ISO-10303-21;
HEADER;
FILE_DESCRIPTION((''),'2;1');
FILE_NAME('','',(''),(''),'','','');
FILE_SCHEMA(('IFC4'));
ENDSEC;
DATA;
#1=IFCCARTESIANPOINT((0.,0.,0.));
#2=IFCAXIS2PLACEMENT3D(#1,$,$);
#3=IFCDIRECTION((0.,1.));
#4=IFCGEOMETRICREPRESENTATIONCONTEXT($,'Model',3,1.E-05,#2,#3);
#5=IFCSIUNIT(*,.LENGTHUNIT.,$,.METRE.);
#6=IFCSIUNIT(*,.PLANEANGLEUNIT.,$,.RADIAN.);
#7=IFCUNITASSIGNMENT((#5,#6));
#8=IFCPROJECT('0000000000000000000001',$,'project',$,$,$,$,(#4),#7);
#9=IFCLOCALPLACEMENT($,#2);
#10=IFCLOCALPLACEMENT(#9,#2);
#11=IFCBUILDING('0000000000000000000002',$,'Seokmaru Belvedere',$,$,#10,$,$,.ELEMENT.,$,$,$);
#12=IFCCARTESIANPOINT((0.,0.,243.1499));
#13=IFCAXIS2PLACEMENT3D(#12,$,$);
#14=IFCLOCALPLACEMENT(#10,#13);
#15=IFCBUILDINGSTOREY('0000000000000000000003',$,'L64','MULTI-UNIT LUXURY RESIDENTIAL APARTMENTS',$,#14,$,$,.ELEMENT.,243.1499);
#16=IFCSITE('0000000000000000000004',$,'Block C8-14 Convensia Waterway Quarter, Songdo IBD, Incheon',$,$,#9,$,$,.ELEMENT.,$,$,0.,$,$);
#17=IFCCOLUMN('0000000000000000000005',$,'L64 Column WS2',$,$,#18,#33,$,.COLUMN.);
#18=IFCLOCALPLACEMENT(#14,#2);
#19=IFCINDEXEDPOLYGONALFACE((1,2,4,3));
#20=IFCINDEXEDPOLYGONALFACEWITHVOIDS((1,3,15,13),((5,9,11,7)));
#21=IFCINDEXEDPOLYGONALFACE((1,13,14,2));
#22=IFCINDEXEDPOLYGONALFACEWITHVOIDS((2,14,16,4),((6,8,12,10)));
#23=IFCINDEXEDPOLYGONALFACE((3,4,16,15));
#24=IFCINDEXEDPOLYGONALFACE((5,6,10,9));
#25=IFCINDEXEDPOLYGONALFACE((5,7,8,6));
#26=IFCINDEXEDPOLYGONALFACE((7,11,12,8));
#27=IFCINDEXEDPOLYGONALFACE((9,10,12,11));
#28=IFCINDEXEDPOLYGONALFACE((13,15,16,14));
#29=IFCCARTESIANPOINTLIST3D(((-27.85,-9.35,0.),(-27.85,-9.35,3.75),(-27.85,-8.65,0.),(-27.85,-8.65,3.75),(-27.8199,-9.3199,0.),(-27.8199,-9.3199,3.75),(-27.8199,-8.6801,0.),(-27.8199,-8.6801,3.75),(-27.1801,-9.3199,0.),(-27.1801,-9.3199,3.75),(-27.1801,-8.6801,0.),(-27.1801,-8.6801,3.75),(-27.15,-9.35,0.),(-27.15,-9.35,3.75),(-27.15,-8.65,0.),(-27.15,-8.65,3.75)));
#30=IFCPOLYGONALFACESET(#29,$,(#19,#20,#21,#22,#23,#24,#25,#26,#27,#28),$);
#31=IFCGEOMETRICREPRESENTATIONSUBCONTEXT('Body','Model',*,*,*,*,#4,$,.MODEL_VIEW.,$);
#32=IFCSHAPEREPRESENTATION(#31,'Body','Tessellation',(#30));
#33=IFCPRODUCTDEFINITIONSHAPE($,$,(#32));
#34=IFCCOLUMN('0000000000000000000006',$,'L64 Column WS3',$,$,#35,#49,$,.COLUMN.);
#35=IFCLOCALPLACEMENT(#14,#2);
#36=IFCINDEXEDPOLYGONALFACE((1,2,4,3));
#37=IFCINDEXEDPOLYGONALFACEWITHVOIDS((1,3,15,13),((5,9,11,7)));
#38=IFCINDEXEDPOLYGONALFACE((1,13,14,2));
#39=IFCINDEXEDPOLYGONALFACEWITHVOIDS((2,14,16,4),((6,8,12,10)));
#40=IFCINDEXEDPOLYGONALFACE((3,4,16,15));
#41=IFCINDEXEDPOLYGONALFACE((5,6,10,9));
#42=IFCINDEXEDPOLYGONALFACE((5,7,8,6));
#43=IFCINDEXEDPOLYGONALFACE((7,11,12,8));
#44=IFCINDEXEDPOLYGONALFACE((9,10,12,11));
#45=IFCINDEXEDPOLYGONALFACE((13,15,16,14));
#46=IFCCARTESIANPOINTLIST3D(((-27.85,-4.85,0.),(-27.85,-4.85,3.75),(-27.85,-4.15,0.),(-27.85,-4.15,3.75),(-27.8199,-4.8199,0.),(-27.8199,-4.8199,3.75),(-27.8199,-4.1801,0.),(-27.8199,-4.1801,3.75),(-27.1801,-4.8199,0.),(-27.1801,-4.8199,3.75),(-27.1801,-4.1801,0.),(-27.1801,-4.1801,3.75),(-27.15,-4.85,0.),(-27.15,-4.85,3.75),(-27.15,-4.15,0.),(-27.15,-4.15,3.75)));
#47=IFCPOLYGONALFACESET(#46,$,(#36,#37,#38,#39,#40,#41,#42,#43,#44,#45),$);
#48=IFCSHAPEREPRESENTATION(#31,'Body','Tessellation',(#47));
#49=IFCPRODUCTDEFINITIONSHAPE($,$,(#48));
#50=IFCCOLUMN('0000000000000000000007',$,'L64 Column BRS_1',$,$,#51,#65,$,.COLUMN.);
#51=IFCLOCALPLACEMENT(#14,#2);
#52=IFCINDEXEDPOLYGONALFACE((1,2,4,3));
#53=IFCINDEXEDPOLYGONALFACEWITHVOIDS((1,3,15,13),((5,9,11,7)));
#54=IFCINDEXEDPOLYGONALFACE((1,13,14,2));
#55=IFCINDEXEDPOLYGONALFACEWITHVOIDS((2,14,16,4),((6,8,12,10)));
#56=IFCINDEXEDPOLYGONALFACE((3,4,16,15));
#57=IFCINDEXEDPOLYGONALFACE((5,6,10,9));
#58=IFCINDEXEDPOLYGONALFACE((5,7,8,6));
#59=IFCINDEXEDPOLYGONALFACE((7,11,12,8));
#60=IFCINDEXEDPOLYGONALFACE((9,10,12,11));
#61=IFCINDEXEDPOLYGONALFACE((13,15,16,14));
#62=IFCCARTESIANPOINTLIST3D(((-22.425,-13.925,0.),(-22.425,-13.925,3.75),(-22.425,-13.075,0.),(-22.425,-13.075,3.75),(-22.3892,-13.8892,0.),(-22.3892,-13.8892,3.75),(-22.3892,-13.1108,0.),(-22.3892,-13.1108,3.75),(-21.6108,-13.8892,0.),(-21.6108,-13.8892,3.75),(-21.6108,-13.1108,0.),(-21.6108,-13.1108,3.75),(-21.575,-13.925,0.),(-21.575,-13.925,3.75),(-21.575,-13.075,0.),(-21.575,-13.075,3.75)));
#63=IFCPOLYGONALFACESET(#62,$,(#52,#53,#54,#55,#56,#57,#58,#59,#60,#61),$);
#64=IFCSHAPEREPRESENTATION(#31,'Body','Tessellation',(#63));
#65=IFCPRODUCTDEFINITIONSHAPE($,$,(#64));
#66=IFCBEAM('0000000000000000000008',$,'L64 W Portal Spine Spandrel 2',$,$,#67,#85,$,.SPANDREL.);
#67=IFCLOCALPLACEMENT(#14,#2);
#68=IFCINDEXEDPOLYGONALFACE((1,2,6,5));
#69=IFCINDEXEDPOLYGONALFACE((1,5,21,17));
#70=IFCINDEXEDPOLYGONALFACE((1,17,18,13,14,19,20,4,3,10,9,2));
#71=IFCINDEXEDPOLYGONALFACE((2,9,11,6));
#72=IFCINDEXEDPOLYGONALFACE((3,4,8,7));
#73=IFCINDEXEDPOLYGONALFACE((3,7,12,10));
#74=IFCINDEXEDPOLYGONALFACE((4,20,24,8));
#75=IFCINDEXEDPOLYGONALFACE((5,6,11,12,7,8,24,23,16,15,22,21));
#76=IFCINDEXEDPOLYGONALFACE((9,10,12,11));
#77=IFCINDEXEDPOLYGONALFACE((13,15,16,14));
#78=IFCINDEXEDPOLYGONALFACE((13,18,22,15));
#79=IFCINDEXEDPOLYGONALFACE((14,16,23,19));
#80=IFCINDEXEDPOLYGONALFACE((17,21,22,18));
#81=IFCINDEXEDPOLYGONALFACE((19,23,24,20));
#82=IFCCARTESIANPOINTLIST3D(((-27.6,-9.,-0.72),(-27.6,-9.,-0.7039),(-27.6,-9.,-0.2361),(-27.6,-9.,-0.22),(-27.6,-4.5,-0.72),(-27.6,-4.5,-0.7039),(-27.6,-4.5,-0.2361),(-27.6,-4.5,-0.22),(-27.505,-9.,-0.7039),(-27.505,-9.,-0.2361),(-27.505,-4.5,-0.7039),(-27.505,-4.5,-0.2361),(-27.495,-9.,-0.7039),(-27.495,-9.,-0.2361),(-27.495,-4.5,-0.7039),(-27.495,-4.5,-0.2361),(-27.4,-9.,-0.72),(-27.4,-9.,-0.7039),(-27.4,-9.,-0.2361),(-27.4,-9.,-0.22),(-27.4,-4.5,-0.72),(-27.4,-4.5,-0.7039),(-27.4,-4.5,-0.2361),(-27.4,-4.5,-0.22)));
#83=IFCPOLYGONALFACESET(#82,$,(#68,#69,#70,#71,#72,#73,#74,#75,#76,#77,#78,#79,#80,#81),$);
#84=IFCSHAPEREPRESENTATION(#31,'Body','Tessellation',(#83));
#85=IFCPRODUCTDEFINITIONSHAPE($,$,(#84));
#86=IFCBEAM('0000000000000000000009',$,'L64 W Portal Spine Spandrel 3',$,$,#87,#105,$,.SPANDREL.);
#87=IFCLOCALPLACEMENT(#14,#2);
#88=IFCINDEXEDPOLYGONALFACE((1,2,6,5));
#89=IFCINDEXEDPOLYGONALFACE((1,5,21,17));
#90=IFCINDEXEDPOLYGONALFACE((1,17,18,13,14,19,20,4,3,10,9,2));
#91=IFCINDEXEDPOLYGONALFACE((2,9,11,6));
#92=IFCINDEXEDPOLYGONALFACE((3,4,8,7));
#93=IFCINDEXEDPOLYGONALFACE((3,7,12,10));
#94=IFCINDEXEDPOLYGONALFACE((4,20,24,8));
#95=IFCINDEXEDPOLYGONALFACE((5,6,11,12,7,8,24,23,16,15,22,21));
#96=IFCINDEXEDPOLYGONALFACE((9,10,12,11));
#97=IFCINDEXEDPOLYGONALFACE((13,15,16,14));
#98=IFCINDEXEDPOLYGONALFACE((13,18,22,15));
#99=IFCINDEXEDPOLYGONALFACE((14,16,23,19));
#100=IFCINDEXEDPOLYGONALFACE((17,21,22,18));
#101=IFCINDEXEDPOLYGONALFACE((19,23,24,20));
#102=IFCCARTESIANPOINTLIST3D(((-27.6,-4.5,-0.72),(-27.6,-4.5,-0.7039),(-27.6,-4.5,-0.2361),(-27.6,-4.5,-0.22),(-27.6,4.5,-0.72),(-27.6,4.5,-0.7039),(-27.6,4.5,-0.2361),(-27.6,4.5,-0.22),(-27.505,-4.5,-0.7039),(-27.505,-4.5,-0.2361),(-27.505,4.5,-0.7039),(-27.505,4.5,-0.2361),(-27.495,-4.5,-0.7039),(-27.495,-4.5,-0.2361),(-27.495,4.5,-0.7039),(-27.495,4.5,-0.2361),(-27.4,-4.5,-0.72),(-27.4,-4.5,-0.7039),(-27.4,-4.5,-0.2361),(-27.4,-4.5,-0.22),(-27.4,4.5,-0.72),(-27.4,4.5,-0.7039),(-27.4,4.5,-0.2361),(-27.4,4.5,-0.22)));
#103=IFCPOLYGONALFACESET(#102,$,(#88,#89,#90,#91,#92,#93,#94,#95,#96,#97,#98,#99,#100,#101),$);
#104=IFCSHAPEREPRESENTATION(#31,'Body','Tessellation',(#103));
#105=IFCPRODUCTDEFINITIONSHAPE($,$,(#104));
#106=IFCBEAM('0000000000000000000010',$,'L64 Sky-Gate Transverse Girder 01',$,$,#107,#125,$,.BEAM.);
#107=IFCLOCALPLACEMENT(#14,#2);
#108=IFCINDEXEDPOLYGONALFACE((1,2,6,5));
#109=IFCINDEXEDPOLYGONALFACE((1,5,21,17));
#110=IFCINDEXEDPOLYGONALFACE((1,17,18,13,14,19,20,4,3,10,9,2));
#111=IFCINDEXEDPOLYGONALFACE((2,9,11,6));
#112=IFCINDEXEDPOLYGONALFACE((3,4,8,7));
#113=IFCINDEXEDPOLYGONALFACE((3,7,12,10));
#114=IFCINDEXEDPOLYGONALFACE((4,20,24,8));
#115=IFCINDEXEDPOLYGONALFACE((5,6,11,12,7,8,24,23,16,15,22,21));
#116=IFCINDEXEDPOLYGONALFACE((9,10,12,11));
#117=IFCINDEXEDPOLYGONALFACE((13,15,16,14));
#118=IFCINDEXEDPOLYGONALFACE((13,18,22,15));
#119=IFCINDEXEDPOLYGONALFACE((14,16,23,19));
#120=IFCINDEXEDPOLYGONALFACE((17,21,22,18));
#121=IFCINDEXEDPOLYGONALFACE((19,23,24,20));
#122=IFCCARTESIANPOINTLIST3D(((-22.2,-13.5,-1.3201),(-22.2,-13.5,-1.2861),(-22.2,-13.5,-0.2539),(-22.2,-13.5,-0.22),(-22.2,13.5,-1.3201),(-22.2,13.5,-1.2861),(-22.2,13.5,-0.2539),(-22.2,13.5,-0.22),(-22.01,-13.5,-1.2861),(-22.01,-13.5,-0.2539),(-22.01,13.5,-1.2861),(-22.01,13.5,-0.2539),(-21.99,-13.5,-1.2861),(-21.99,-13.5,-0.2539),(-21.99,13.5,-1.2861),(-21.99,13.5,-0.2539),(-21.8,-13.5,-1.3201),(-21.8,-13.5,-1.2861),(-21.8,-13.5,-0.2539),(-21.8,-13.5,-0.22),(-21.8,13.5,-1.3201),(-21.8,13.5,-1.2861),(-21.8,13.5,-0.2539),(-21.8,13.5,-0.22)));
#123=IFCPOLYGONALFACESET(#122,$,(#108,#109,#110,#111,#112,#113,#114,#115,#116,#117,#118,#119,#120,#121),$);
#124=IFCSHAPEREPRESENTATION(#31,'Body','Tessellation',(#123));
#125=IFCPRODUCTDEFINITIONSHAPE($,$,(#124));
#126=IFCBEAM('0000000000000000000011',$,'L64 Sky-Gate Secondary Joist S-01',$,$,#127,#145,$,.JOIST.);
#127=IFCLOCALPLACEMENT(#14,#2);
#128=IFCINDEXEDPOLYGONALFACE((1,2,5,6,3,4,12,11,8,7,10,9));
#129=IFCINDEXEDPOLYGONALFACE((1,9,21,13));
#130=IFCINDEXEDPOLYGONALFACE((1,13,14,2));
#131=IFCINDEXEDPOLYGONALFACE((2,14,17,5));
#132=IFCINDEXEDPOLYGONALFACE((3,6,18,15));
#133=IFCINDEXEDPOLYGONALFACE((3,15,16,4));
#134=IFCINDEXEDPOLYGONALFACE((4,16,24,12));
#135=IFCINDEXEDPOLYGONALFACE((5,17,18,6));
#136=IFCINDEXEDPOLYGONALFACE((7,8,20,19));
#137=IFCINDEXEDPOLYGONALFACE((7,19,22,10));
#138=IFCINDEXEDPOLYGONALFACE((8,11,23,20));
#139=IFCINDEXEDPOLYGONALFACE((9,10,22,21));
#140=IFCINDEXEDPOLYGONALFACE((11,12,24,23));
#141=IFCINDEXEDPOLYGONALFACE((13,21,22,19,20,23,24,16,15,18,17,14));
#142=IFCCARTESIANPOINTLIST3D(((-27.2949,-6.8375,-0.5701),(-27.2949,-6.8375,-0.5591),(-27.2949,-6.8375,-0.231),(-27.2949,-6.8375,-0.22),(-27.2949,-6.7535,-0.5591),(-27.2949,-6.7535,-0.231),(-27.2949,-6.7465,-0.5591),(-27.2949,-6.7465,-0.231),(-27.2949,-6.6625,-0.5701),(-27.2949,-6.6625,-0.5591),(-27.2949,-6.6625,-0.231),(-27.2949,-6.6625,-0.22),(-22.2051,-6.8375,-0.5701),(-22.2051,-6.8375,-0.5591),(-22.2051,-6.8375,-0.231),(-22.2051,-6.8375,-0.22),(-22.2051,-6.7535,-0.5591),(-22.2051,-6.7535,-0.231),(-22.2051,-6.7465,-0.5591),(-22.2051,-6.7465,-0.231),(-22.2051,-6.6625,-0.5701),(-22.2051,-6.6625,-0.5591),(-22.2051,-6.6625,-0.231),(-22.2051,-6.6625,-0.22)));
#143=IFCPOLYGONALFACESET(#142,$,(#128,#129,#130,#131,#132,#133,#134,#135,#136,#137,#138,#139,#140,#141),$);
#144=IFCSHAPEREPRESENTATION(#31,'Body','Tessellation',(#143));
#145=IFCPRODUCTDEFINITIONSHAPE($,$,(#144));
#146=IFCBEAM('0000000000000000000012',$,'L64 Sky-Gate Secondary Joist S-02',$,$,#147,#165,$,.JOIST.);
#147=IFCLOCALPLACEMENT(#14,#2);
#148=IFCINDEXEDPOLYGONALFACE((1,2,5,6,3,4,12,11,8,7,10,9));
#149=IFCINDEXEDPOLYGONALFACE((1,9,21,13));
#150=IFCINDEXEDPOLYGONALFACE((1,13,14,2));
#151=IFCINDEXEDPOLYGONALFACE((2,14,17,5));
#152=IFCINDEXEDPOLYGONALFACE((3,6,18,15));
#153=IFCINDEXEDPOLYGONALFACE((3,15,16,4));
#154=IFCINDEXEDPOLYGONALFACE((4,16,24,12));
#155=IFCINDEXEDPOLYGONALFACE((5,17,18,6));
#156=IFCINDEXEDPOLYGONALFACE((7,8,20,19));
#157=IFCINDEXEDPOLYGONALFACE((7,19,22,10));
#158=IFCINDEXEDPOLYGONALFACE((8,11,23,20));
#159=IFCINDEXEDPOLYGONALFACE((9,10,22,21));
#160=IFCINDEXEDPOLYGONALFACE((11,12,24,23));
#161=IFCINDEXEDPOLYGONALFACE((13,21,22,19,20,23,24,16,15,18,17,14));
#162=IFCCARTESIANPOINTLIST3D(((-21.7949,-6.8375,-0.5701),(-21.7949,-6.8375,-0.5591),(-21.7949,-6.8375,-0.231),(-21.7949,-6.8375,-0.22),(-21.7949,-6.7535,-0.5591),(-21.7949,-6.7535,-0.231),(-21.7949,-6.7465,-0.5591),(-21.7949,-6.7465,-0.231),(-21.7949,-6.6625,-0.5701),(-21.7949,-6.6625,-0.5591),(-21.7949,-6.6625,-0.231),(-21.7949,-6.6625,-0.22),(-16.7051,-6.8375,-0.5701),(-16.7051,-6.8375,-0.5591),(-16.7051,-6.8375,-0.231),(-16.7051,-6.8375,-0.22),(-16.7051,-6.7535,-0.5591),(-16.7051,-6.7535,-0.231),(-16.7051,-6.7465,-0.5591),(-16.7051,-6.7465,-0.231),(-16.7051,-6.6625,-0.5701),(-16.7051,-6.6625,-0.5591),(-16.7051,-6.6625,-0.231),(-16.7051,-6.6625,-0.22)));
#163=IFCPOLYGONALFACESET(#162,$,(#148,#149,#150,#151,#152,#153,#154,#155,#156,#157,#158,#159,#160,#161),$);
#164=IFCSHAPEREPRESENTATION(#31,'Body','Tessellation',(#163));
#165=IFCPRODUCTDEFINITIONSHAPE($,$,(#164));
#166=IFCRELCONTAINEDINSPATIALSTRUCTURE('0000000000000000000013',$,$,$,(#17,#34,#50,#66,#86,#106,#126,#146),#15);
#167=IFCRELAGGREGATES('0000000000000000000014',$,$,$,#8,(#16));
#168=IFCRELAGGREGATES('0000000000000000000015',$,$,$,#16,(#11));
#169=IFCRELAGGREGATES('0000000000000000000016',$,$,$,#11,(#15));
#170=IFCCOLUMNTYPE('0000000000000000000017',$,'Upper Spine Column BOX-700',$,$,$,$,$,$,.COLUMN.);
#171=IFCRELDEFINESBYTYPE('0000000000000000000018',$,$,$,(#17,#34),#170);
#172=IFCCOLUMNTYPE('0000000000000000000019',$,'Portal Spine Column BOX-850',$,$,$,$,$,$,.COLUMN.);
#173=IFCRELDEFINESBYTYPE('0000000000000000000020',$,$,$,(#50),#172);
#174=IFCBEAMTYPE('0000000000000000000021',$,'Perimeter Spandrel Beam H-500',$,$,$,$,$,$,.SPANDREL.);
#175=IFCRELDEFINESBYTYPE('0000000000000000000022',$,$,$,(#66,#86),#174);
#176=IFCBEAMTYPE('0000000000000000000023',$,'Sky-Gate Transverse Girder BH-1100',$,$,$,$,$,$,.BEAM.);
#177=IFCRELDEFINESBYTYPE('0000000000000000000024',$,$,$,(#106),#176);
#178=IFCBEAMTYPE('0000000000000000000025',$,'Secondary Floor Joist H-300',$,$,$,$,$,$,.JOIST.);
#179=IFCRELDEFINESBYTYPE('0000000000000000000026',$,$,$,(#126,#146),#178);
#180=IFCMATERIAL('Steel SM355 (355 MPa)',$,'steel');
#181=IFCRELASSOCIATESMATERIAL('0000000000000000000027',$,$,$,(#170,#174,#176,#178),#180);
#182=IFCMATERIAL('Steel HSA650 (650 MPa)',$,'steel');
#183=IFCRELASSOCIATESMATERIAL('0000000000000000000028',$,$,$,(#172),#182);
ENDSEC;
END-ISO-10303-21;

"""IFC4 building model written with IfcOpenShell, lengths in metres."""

from ifc_helpers import new_model, si_unit, direction, frame, origin, origin_2d, place, context, subcontext, project, spatial, hollow_rectangle, i_section, extrude, source, transform, mapped, material, material_profile, profile_set, type_object, type_shapes, element, save


model = new_model("IFC4")

# Units and contexts
model_context = context("Model", 3, precision=1e-05, world=origin(), true_north=direction((0.0, 1.0)))
body_context = subcontext(model_context, "Body", "Model", "MODEL_VIEW")
ifc_project = project(units=[si_unit("LENGTHUNIT", "METRE"), si_unit("PLANEANGLEUNIT", "RADIAN")], contexts=[model_context])

# Site, building, storey
site_placement = place(None, origin())
site = spatial("IfcSite", under=ifc_project, at=site_placement, Name="Block C8-14 Convensia Waterway Quarter, Songdo IBD, Incheon", CompositionType="ELEMENT", RefElevation=0.0)
building_placement = place(site_placement, origin())
building = spatial("IfcBuilding", under=site, at=building_placement, Name="Seokmaru Belvedere", CompositionType="ELEMENT")
storey_placement = place(building_placement, frame((0.0, 0.0, 243.1499)))
storey = spatial("IfcBuildingStorey", under=building, at=storey_placement, Name="L64", Description="MULTI-UNIT LUXURY RESIDENTIAL APARTMENTS", CompositionType="ELEMENT", Elevation=243.1499)

# Columns
ifc_material_1 = material(Name="Steel SM355 (355 MPa)", Category="steel")
ifc_material_profile_1 = material_profile(ifc_material_1, hollow_rectangle(XDim=0.7, YDim=0.7, WallThickness=0.03, at=origin_2d()), Name="BOX-700x700x30")
ifc_profile_set_1 = profile_set([ifc_material_profile_1], Name="Steel SM355 (355 MPa)")
column_type_1 = type_object("IfcColumnType", Name="Upper Spine Column BOX-700", PredefinedType="COLUMN", material=ifc_profile_set_1)
shared_shape_1 = source(origin(), body_context, "Body", "SweptSolid", [
    extrude(hollow_rectangle(XDim=0.7, YDim=0.7, WallThickness=0.03, at=origin_2d()), origin(), (0.0, 0.0, 1.0), 3.75),
])
type_shapes(column_type_1, [shared_shape_1])
for number, where, z_axis, x_axis, name in (
    (1, (-27.5, -9.0, 0.0), (0.0, 0.0, 1.0), (1.0, 0.0, 0.0), "L64 Column WS2"),
    (2, (-27.5, -4.5, 0.0), (0.0, 0.0, 1.0), (1.0, 0.0, 0.0), "L64 Column WS3"),
):
    element("IfcColumn", number, at=place(storey_placement, frame(where, z_axis=z_axis, x_axis=x_axis)), inside=storey, type_object=column_type_1, Name=name, PredefinedType="COLUMN", context=body_context, shape_type="MappedRepresentation", body=[
        mapped(shared_shape_1, transform((0.0, 0.0, 0.0), scale=1.0)),
    ])
ifc_material_2 = material(Name="Steel HSA650 (650 MPa)", Category="steel")
ifc_material_profile_2 = material_profile(ifc_material_2, hollow_rectangle(XDim=0.8501, YDim=0.8501, WallThickness=0.0359, at=origin_2d()), Name="BOX-850x850x36")
ifc_profile_set_2 = profile_set([ifc_material_profile_2], Name="Steel HSA650 (650 MPa)")
column_type_2 = type_object("IfcColumnType", Name="Portal Spine Column BOX-850", PredefinedType="COLUMN", material=ifc_profile_set_2)
shared_shape_2 = source(origin(), body_context, "Body", "SweptSolid", [
    extrude(hollow_rectangle(XDim=0.8501, YDim=0.8501, WallThickness=0.0359, at=origin_2d()), origin(), (0.0, 0.0, 1.0), 3.75),
])
type_shapes(column_type_2, [shared_shape_2])
column_placement = place(storey_placement, frame((-22.0, -13.5, 0.0), z_axis=(0.0, 0.0, 1.0), x_axis=(1.0, 0.0, 0.0)))
element("IfcColumn", 3, at=column_placement, inside=storey, type_object=column_type_2, Name="L64 Column BRS_1", PredefinedType="COLUMN", context=body_context, shape_type="MappedRepresentation", body=[
    mapped(shared_shape_2, transform((0.0, 0.0, 0.0), scale=1.0)),
])

# Beams
ifc_material_profile_3 = material_profile(ifc_material_1, i_section(OverallWidth=0.2, OverallDepth=0.5, WebThickness=0.01, FlangeThickness=0.0161, at=origin_2d()), Name="H-500x200x10x16")
ifc_profile_set_3 = profile_set([ifc_material_profile_3], Name="Steel SM355 (355 MPa)")
beam_type_1 = type_object("IfcBeamType", Name="Perimeter Spandrel Beam H-500", PredefinedType="SPANDREL", material=ifc_profile_set_3)
shared_shape_3 = source(origin(), body_context, "Body", "SweptSolid", [
    extrude(i_section(OverallWidth=0.2, OverallDepth=0.5, WebThickness=0.01, FlangeThickness=0.0161, at=origin_2d()), origin(), (0.0, 0.0, 1.0), 4.5),
])
beam_1_placement = place(storey_placement, frame((-27.5, -9.0, -0.47), z_axis=(0.0, 1.0, 0.0), x_axis=(-1.0, 0.0, 0.0)))
element("IfcBeam", 4, at=beam_1_placement, inside=storey, type_object=beam_type_1, Name="L64 W Portal Spine Spandrel 2", PredefinedType="SPANDREL", context=body_context, shape_type="MappedRepresentation", body=[
    mapped(shared_shape_3, transform((0.0, 0.0, 0.0), scale=1.0)),
])
shared_shape_4 = source(origin(), body_context, "Body", "SweptSolid", [
    extrude(i_section(OverallWidth=0.2, OverallDepth=0.5, WebThickness=0.01, FlangeThickness=0.0161, at=origin_2d()), origin(), (0.0, 0.0, 1.0), 9.0),
])
type_shapes(beam_type_1, [shared_shape_3, shared_shape_4])
beam_2_placement = place(storey_placement, frame((-27.5, -4.5, -0.47), z_axis=(0.0, 1.0, 0.0), x_axis=(-1.0, 0.0, 0.0)))
element("IfcBeam", 5, at=beam_2_placement, inside=storey, type_object=beam_type_1, Name="L64 W Portal Spine Spandrel 3", PredefinedType="SPANDREL", context=body_context, shape_type="MappedRepresentation", body=[
    mapped(shared_shape_4, transform((0.0, 0.0, 0.0), scale=1.0)),
])
ifc_material_profile_4 = material_profile(ifc_material_1, i_section(OverallWidth=0.3999, OverallDepth=1.1001, WebThickness=0.02, FlangeThickness=0.0339, at=origin_2d()), Name="BH-1100x400x20x34")
ifc_profile_set_4 = profile_set([ifc_material_profile_4], Name="Steel SM355 (355 MPa)")
beam_type_2 = type_object("IfcBeamType", Name="Sky-Gate Transverse Girder BH-1100", PredefinedType="BEAM", material=ifc_profile_set_4)
shared_shape_5 = source(origin(), body_context, "Body", "SweptSolid", [
    extrude(i_section(OverallWidth=0.3999, OverallDepth=1.1001, WebThickness=0.02, FlangeThickness=0.0339, at=origin_2d()), origin(), (0.0, 0.0, 1.0), 27.0),
])
type_shapes(beam_type_2, [shared_shape_5])
beam_3_placement = place(storey_placement, frame((-22.0, -13.5, -0.77), z_axis=(0.0, 1.0, 0.0), x_axis=(-1.0, 0.0, 0.0)))
element("IfcBeam", 6, at=beam_3_placement, inside=storey, type_object=beam_type_2, Name="L64 Sky-Gate Transverse Girder 01", PredefinedType="BEAM", context=body_context, shape_type="MappedRepresentation", body=[
    mapped(shared_shape_5, transform((0.0, 0.0, 0.0), scale=1.0)),
])
ifc_material_profile_5 = material_profile(ifc_material_1, i_section(OverallWidth=0.175, OverallDepth=0.3501, WebThickness=0.0071, FlangeThickness=0.011, at=origin_2d()), Name="H-350x175x7x11")
ifc_profile_set_5 = profile_set([ifc_material_profile_5], Name="Steel SM355 (355 MPa)")
beam_type_3 = type_object("IfcBeamType", Name="Secondary Floor Joist H-300", PredefinedType="JOIST", material=ifc_profile_set_5)
shared_shape_6 = source(origin(), body_context, "Body", "SweptSolid", [
    extrude(i_section(OverallWidth=0.175, OverallDepth=0.3501, WebThickness=0.0071, FlangeThickness=0.011, at=origin_2d()), origin(), (0.0, 0.0, 1.0), 5.0898),
])
type_shapes(beam_type_3, [shared_shape_6])
for number, where, z_axis, x_axis, name in (
    (7, (-27.2949, -6.75, -0.395), (1.0, 0.0, 0.0), (0.0, 1.0, 0.0), "L64 Sky-Gate Secondary Joist S-01"),
    (8, (-21.7949, -6.75, -0.395), (1.0, 0.0, 0.0), (0.0, 1.0, 0.0), "L64 Sky-Gate Secondary Joist S-02"),
):
    element("IfcBeam", number, at=place(storey_placement, frame(where, z_axis=z_axis, x_axis=x_axis)), inside=storey, type_object=beam_type_3, Name=name, PredefinedType="JOIST", context=body_context, shape_type="MappedRepresentation", body=[
        mapped(shared_shape_6, transform((0.0, 0.0, 0.0), scale=1.0)),
    ])

save(model, "model.ifc")
